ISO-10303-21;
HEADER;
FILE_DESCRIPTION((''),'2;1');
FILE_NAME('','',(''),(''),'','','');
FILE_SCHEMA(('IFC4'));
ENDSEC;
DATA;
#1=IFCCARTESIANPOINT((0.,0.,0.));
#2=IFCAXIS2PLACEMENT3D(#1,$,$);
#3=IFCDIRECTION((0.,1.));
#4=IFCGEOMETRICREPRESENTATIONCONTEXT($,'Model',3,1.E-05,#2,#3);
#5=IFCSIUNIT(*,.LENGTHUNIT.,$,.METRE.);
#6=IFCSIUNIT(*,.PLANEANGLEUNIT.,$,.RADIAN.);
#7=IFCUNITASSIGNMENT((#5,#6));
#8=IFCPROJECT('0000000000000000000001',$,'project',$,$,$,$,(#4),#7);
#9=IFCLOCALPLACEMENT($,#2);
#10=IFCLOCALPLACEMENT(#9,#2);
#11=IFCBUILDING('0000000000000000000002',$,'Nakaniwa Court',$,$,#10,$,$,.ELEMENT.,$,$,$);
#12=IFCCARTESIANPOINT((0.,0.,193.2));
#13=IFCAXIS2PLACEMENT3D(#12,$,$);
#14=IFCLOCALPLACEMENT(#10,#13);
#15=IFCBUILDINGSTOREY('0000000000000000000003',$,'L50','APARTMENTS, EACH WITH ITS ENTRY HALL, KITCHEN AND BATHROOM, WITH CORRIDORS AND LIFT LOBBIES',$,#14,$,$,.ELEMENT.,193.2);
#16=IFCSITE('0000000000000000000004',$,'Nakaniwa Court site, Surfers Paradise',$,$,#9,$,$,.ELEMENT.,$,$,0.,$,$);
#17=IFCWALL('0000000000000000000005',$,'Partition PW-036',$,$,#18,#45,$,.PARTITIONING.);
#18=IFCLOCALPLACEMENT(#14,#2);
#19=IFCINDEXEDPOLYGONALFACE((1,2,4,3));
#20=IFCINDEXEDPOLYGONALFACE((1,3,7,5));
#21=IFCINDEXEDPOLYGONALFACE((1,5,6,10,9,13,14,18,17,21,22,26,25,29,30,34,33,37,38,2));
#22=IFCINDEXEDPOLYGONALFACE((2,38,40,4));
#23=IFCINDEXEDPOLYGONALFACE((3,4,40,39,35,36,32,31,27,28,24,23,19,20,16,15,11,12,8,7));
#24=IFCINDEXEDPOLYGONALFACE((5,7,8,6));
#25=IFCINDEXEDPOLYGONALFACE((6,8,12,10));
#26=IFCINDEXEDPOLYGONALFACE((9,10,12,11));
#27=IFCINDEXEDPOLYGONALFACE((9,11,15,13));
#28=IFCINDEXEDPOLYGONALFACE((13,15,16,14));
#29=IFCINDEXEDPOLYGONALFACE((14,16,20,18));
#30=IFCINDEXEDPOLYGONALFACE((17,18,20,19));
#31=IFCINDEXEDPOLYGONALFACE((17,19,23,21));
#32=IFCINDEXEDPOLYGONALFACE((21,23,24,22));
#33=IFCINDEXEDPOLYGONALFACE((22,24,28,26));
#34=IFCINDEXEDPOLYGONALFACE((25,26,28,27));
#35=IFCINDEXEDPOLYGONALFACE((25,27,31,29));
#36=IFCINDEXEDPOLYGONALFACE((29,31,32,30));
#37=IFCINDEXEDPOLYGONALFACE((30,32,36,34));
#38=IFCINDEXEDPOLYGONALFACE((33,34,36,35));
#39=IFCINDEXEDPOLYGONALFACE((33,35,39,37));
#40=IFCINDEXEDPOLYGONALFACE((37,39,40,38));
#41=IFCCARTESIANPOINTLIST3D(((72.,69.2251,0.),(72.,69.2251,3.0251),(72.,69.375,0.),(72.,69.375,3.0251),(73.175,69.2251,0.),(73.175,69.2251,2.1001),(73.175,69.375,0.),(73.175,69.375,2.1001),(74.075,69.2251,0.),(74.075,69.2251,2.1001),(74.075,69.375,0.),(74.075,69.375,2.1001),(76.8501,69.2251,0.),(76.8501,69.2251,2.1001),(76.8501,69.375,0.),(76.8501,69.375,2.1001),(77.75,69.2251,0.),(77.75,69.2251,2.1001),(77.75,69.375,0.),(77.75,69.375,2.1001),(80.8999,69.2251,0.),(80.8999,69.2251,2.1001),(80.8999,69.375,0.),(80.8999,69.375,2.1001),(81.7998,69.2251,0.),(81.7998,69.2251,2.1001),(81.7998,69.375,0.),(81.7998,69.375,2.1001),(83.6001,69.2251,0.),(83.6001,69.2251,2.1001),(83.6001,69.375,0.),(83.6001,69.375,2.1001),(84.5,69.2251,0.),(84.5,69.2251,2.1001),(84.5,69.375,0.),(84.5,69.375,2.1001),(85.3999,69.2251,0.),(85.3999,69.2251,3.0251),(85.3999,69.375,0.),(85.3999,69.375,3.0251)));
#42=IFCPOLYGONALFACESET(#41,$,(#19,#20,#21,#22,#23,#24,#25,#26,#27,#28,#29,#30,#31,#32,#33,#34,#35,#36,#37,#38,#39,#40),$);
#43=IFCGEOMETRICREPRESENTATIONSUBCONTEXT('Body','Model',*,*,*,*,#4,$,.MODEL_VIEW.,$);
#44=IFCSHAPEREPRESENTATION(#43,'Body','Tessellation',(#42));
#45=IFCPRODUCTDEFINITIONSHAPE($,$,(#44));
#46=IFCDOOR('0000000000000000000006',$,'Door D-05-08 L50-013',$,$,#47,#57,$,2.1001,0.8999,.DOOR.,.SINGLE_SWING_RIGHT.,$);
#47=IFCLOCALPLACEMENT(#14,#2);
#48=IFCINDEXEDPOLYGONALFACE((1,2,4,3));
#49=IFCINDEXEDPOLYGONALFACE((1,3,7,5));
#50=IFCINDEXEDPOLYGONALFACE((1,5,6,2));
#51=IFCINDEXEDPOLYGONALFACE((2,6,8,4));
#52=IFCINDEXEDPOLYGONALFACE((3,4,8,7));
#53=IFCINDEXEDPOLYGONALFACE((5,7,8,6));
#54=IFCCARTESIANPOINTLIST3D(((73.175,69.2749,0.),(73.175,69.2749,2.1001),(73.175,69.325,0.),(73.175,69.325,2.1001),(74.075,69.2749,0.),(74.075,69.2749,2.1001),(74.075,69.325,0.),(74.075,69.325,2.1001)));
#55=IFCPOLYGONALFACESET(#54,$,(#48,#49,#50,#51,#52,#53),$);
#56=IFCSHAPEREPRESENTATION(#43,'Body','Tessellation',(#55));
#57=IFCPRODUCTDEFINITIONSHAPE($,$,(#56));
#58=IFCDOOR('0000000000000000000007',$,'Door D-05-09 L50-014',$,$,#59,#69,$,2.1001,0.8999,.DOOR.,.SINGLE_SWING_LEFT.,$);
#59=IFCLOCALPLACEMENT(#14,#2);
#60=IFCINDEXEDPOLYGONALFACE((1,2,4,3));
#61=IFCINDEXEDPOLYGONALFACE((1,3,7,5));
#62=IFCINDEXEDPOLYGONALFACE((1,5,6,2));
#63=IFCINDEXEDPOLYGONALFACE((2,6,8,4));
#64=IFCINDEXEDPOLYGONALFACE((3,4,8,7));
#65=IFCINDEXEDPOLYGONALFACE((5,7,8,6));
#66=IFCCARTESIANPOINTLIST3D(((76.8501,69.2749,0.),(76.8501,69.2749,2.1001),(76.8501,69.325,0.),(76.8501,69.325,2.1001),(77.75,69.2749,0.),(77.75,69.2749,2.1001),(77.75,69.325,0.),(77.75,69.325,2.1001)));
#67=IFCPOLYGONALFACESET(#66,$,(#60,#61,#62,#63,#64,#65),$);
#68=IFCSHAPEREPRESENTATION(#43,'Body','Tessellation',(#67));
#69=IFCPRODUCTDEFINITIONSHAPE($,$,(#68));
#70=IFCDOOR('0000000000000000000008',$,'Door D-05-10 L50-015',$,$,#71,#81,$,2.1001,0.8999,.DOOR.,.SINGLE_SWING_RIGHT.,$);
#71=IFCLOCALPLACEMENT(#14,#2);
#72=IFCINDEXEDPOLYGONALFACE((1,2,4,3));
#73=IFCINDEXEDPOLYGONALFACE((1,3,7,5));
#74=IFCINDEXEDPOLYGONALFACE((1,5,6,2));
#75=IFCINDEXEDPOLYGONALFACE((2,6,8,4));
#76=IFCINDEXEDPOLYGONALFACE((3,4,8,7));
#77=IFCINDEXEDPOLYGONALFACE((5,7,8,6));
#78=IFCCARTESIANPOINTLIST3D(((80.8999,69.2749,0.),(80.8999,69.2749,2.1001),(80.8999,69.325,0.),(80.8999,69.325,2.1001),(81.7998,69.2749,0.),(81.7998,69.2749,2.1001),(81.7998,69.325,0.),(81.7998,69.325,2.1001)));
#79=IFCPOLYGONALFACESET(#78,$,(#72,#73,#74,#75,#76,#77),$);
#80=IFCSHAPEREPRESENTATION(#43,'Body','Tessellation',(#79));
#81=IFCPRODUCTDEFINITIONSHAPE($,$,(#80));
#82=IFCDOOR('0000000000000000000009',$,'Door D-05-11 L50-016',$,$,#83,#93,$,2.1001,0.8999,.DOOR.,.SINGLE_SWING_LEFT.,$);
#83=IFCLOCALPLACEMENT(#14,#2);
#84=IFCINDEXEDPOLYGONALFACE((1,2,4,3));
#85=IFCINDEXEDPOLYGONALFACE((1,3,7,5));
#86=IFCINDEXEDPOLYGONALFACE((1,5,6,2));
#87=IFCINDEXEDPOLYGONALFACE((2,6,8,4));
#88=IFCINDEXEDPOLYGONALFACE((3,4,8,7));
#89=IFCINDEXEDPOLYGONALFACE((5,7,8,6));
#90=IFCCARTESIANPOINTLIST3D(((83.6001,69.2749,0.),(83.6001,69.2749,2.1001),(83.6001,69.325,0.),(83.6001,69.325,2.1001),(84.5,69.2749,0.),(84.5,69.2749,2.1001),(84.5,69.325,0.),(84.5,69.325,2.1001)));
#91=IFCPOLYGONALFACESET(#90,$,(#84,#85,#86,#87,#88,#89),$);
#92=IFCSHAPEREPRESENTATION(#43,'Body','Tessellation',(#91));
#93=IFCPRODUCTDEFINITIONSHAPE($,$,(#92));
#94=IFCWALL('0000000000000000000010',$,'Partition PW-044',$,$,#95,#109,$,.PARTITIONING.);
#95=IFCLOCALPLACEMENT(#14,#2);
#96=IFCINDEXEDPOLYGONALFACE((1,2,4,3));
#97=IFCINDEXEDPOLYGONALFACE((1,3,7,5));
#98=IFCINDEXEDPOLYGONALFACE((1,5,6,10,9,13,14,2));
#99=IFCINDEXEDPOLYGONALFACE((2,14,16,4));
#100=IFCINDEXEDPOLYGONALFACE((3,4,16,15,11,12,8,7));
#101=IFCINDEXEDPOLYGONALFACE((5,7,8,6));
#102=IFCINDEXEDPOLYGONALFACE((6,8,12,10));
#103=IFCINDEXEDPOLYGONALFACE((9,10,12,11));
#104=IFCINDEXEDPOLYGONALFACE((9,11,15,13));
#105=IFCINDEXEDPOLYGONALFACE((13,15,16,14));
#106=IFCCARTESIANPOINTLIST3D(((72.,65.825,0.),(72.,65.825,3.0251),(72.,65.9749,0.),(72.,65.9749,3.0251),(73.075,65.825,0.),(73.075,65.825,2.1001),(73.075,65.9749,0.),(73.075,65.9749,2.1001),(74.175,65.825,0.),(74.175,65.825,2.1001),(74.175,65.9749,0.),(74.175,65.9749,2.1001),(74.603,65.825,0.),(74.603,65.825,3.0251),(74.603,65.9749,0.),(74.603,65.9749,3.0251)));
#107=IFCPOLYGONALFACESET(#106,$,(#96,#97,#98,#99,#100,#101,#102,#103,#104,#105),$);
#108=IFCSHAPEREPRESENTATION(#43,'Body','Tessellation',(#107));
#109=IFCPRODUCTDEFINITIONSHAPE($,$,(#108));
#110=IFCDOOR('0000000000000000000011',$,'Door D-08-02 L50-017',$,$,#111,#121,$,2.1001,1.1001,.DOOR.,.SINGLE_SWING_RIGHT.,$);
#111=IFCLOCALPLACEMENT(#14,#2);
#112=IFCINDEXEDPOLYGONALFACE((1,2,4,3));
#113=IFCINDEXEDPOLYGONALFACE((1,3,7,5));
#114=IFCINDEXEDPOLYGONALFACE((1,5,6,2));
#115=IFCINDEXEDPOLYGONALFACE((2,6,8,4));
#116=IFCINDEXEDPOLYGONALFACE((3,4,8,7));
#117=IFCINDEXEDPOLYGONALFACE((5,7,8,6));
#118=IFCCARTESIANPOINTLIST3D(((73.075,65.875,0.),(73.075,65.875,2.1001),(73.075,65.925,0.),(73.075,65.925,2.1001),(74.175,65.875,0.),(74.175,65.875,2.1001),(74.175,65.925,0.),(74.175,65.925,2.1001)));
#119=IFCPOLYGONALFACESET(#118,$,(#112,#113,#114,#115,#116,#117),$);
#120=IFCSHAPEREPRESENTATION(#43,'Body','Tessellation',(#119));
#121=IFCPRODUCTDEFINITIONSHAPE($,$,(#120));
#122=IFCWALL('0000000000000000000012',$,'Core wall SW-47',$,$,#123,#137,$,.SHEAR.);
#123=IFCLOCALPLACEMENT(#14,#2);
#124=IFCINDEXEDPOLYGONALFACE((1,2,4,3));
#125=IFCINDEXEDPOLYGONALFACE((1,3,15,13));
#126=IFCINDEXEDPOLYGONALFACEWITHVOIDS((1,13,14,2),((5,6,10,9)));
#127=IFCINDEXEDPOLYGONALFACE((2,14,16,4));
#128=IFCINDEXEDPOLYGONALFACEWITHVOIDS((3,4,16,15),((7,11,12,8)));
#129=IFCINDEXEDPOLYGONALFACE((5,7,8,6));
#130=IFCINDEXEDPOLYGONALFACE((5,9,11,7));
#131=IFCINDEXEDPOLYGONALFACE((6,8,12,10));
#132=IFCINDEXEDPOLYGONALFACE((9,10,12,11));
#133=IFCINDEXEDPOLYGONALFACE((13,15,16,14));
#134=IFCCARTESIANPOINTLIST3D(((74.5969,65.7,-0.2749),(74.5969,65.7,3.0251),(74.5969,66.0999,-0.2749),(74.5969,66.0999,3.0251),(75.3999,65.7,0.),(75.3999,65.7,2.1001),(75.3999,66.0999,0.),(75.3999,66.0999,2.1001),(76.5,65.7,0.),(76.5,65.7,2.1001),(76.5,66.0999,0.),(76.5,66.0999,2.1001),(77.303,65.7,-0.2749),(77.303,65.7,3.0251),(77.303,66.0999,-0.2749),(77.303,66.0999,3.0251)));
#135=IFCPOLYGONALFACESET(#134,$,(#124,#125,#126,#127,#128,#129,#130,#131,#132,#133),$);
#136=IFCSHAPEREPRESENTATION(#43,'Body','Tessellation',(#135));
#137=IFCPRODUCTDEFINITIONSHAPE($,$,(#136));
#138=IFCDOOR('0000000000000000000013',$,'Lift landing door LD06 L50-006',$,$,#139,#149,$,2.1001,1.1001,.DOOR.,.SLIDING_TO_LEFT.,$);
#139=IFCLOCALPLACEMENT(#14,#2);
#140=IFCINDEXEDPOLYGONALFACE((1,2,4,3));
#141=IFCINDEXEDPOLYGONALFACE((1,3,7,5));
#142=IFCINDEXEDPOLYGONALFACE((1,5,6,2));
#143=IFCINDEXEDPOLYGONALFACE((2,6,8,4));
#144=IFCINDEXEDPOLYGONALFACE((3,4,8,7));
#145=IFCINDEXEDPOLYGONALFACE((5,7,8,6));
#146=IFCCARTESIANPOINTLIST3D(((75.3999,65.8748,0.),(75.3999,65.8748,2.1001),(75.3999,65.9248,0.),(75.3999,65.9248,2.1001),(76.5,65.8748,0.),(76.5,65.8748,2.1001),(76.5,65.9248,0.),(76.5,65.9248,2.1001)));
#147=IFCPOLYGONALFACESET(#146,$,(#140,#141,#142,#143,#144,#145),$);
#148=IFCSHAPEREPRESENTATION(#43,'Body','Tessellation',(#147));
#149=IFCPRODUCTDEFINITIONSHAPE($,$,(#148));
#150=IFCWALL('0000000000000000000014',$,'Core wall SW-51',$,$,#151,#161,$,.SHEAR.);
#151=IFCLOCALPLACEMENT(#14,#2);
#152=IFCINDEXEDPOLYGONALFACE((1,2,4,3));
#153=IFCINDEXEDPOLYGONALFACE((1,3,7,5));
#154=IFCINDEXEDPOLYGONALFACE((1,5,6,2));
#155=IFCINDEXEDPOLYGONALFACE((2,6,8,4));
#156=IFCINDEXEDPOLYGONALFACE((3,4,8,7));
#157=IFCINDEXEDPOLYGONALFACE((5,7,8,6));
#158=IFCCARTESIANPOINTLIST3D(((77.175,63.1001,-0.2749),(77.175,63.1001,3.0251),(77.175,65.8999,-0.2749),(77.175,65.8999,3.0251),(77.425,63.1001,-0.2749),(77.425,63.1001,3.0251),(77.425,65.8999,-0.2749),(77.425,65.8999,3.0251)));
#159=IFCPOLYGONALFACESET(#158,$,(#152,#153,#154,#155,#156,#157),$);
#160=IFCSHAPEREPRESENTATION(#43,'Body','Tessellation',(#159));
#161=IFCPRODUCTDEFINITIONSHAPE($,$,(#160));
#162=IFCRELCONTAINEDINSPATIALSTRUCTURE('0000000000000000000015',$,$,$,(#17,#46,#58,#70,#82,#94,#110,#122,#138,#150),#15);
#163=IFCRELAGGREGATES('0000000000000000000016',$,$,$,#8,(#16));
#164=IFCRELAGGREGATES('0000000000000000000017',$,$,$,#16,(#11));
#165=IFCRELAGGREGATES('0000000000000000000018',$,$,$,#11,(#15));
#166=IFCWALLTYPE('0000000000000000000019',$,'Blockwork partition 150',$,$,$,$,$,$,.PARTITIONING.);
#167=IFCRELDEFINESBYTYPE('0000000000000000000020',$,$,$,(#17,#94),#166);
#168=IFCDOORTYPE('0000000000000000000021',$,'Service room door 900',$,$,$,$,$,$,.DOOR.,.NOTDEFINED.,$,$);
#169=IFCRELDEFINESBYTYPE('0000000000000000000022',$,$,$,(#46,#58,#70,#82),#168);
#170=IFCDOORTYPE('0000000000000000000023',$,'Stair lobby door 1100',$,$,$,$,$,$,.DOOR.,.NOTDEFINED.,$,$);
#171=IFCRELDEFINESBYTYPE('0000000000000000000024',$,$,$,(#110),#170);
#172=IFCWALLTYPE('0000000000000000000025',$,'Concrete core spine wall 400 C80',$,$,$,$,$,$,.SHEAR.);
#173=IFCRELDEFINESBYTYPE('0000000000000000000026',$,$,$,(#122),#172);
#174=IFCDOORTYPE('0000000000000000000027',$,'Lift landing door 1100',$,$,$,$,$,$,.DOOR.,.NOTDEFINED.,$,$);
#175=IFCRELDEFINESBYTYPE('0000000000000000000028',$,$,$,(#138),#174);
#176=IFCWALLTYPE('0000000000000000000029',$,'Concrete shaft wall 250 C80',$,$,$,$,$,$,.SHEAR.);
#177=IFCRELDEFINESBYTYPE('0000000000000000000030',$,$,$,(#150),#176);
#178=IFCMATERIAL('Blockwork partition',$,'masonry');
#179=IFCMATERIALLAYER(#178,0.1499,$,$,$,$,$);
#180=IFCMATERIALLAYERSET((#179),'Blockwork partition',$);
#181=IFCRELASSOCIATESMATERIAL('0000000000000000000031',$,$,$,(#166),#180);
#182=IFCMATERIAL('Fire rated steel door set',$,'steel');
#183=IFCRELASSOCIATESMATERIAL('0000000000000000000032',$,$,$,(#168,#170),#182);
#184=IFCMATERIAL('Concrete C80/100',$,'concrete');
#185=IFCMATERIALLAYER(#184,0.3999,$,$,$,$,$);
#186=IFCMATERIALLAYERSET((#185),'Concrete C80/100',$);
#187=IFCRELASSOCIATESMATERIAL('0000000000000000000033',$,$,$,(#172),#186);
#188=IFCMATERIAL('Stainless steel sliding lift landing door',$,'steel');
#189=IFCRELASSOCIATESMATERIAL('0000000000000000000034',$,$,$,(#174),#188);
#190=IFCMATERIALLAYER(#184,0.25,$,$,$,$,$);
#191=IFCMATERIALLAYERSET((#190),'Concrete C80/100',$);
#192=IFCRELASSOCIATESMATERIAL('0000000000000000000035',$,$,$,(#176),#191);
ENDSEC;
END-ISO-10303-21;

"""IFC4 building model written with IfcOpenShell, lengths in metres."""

from ifc_helpers import new_model, si_unit, direction, frame, frame_2d, origin, place, context, subcontext, project, spatial, rectangle, extrude, material, layer, layer_set, type_object, element, fill, save


model = new_model("IFC4")

# Units and contexts
model_context = context("Model", 3, precision=1e-05, world=origin(), true_north=direction((0.0, 1.0)))
body_context = subcontext(model_context, "Body", "Model", "MODEL_VIEW")
ifc_project = project(units=[si_unit("LENGTHUNIT", "METRE"), si_unit("PLANEANGLEUNIT", "RADIAN")], contexts=[model_context])

# Site, building, storey
site_placement = place(None, origin())
site = spatial("IfcSite", under=ifc_project, at=site_placement, Name="Nakaniwa Court site, Surfers Paradise", CompositionType="ELEMENT", RefElevation=0.0)
building_placement = place(site_placement, origin())
building = spatial("IfcBuilding", under=site, at=building_placement, Name="Nakaniwa Court", CompositionType="ELEMENT")
storey_placement = place(building_placement, frame((0.0, 0.0, 193.2)))
storey = spatial("IfcBuildingStorey", under=building, at=storey_placement, Name="L50", Description="APARTMENTS, EACH WITH ITS ENTRY HALL, KITCHEN AND BATHROOM, WITH CORRIDORS AND LIFT LOBBIES", CompositionType="ELEMENT", Elevation=193.2)

# Shared definitions
ifc_material_1 = material(Name="Concrete C80/100", Category="concrete")

# Shared definitions
ifc_material_2 = material(Name="Blockwork partition", Category="masonry")
ifc_layer_1 = layer(ifc_material_2, 0.1499)
ifc_layer_set_1 = layer_set([ifc_layer_1], Name="Blockwork partition")
wall_type_1 = type_object("IfcWallType", Name="Blockwork partition 150", PredefinedType="PARTITIONING", material=ifc_layer_set_1)

# Wall, openings, doors
wall_1_placement = place(storey_placement, frame((72.0, 69.3, 0.0), z_axis=(0.0, 0.0, 1.0), x_axis=(1.0, 0.0, 0.0)))
wall_1 = element("IfcWall", 1, at=wall_1_placement, inside=storey, type_object=wall_type_1, Name="Partition PW-036", PredefinedType="PARTITIONING", context=body_context, shape_type="SweptSolid", body=[
    extrude(rectangle(XDim=13.3999, YDim=0.1499, at=frame_2d((6.7, 0.0))), origin(), (0.0, 0.0, 1.0), 3.0251),
])
opening_1_placement = place(wall_1_placement, frame((1.175, 0.0, 0.0)))
opening_1 = element("IfcOpeningElement", 2, at=opening_1_placement, cuts=wall_1, PredefinedType="OPENING", context=body_context, shape_type="SweptSolid", body=[
    extrude(rectangle(XDim=0.8999, YDim=2.1001, at=frame_2d((0.45, 1.05))), frame((0.0, 0.085, 0.0), z_axis=(0.0, -1.0, 0.0), x_axis=(1.0, 0.0, 0.0)), (0.0, 0.0, 1.0), 0.1699),
])
opening_2_placement = place(wall_1_placement, frame((4.8501, 0.0, 0.0)))
opening_2 = element("IfcOpeningElement", 3, at=opening_2_placement, cuts=wall_1, PredefinedType="OPENING", context=body_context, shape_type="SweptSolid", body=[
    extrude(rectangle(XDim=0.8999, YDim=2.1001, at=frame_2d((0.45, 1.05))), frame((0.0, 0.085, 0.0), z_axis=(0.0, -1.0, 0.0), x_axis=(1.0, 0.0, 0.0)), (0.0, 0.0, 1.0), 0.1699),
])
opening_3_placement = place(wall_1_placement, frame((8.8999, 0.0, 0.0)))
opening_3 = element("IfcOpeningElement", 4, at=opening_3_placement, cuts=wall_1, PredefinedType="OPENING", context=body_context, shape_type="SweptSolid", body=[
    extrude(rectangle(XDim=0.8999, YDim=2.1001, at=frame_2d((0.45, 1.05))), frame((0.0, 0.085, 0.0), z_axis=(0.0, -1.0, 0.0), x_axis=(1.0, 0.0, 0.0)), (0.0, 0.0, 1.0), 0.1699),
])
opening_4_placement = place(wall_1_placement, frame((11.6001, 0.0, 0.0)))
opening_4 = element("IfcOpeningElement", 5, at=opening_4_placement, cuts=wall_1, PredefinedType="OPENING", context=body_context, shape_type="SweptSolid", body=[
    extrude(rectangle(XDim=0.8999, YDim=2.1001, at=frame_2d((0.45, 1.05))), frame((0.0, 0.085, 0.0), z_axis=(0.0, -1.0, 0.0), x_axis=(1.0, 0.0, 0.0)), (0.0, 0.0, 1.0), 0.1699),
])
ifc_material_3 = material(Name="Fire rated steel door set", Category="steel")
door_type_1 = type_object("IfcDoorType", Name="Service room door 900", OperationType="NOTDEFINED", PredefinedType="DOOR", material=ifc_material_3)
door_1_placement = place(opening_1_placement, origin())
door_1 = element("IfcDoor", 6, at=door_1_placement, inside=storey, type_object=door_type_1, Name="Door D-05-08 L50-013", OperationType="SINGLE_SWING_RIGHT", OverallHeight=2.1001, OverallWidth=0.8999, PredefinedType="DOOR", context=body_context, shape_type="SweptSolid", body=[
    extrude(rectangle(XDim=0.8999, YDim=2.1001, at=frame_2d((0.45, 1.05))), frame((0.0, 0.0249, 0.0), z_axis=(0.0, -1.0, 0.0), x_axis=(1.0, 0.0, 0.0)), (0.0, 0.0, 1.0), 0.05),
])
fill(opening_1, door_1)
door_2_placement = place(opening_2_placement, origin())
door_2 = element("IfcDoor", 7, at=door_2_placement, inside=storey, type_object=door_type_1, Name="Door D-05-09 L50-014", OperationType="SINGLE_SWING_LEFT", OverallHeight=2.1001, OverallWidth=0.8999, PredefinedType="DOOR", context=body_context, shape_type="SweptSolid", body=[
    extrude(rectangle(XDim=0.8999, YDim=2.1001, at=frame_2d((0.45, 1.05))), frame((0.0, 0.0249, 0.0), z_axis=(0.0, -1.0, 0.0), x_axis=(1.0, 0.0, 0.0)), (0.0, 0.0, 1.0), 0.05),
])
fill(opening_2, door_2)
door_3_placement = place(opening_3_placement, origin())
door_3 = element("IfcDoor", 8, at=door_3_placement, inside=storey, type_object=door_type_1, Name="Door D-05-10 L50-015", OperationType="SINGLE_SWING_RIGHT", OverallHeight=2.1001, OverallWidth=0.8999, PredefinedType="DOOR", context=body_context, shape_type="SweptSolid", body=[
    extrude(rectangle(XDim=0.8999, YDim=2.1001, at=frame_2d((0.45, 1.05))), frame((0.0, 0.0249, 0.0), z_axis=(0.0, -1.0, 0.0), x_axis=(1.0, 0.0, 0.0)), (0.0, 0.0, 1.0), 0.05),
])
fill(opening_3, door_3)
door_4_placement = place(opening_4_placement, origin())
door_4 = element("IfcDoor", 9, at=door_4_placement, inside=storey, type_object=door_type_1, Name="Door D-05-11 L50-016", OperationType="SINGLE_SWING_LEFT", OverallHeight=2.1001, OverallWidth=0.8999, PredefinedType="DOOR", context=body_context, shape_type="SweptSolid", body=[
    extrude(rectangle(XDim=0.8999, YDim=2.1001, at=frame_2d((0.45, 1.05))), frame((0.0, 0.0249, 0.0), z_axis=(0.0, -1.0, 0.0), x_axis=(1.0, 0.0, 0.0)), (0.0, 0.0, 1.0), 0.05),
])
fill(opening_4, door_4)

# Walls, openings, doors
wall_2_placement = place(storey_placement, frame((74.603, 65.8999, 0.0), z_axis=(0.0, 0.0, 1.0), x_axis=(-1.0, 0.0, 0.0)))
wall_2 = element("IfcWall", 10, at=wall_2_placement, inside=storey, type_object=wall_type_1, Name="Partition PW-044", PredefinedType="PARTITIONING", context=body_context, shape_type="SweptSolid", body=[
    extrude(rectangle(XDim=2.603, YDim=0.1499, at=frame_2d((1.3015, 0.0))), origin(), (0.0, 0.0, 1.0), 3.0251),
])
opening_5_placement = place(wall_2_placement, frame((0.428, 0.0, 0.0)))
opening_5 = element("IfcOpeningElement", 11, at=opening_5_placement, cuts=wall_2, PredefinedType="OPENING", context=body_context, shape_type="SweptSolid", body=[
    extrude(rectangle(XDim=1.1001, YDim=2.1001, at=frame_2d((0.55, 1.05))), frame((0.0, 0.085, 0.0), z_axis=(0.0, -1.0, 0.0), x_axis=(1.0, 0.0, 0.0)), (0.0, 0.0, 1.0), 0.1699),
])
door_type_2 = type_object("IfcDoorType", Name="Stair lobby door 1100", OperationType="NOTDEFINED", PredefinedType="DOOR", material=ifc_material_3)
door_5_placement = place(opening_5_placement, origin())
door_5 = element("IfcDoor", 12, at=door_5_placement, inside=storey, type_object=door_type_2, Name="Door D-08-02 L50-017", OperationType="SINGLE_SWING_RIGHT", OverallHeight=2.1001, OverallWidth=1.1001, PredefinedType="DOOR", context=body_context, shape_type="SweptSolid", body=[
    extrude(rectangle(XDim=1.1001, YDim=2.1001, at=frame_2d((0.55, 1.05))), frame((0.0, 0.0249, 0.0), z_axis=(0.0, -1.0, 0.0), x_axis=(1.0, 0.0, 0.0)), (0.0, 0.0, 1.0), 0.05),
])
fill(opening_5, door_5)
ifc_layer_2 = layer(ifc_material_1, 0.3999)
ifc_layer_set_2 = layer_set([ifc_layer_2], Name="Concrete C80/100")
wall_type_2 = type_object("IfcWallType", Name="Concrete core spine wall 400 C80", PredefinedType="SHEAR", material=ifc_layer_set_2)
wall_3_placement = place(storey_placement, frame((74.5969, 65.8999, -0.2749), z_axis=(0.0, 0.0, 1.0), x_axis=(1.0, 0.0, 0.0)))
wall_3 = element("IfcWall", 13, at=wall_3_placement, inside=storey, type_object=wall_type_2, Name="Core wall SW-47", PredefinedType="SHEAR", context=body_context, shape_type="SweptSolid", body=[
    extrude(rectangle(XDim=2.7061, YDim=0.3999, at=frame_2d((1.353, 0.0))), origin(), (0.0, 0.0, 1.0), 3.3),
])
opening_6_placement = place(wall_3_placement, frame((0.803, 0.0, 0.2749)))
opening_6 = element("IfcOpeningElement", 14, at=opening_6_placement, cuts=wall_3, PredefinedType="OPENING", context=body_context, shape_type="SweptSolid", body=[
    extrude(rectangle(XDim=1.1001, YDim=2.1001, at=frame_2d((0.55, 1.05))), frame((0.0, 0.21, 0.0), z_axis=(0.0, -1.0, 0.0), x_axis=(1.0, 0.0, 0.0)), (0.0, 0.0, 1.0), 0.4199),
])
ifc_material_4 = material(Name="Stainless steel sliding lift landing door", Category="steel")
door_type_3 = type_object("IfcDoorType", Name="Lift landing door 1100", OperationType="NOTDEFINED", PredefinedType="DOOR", material=ifc_material_4)
door_6_placement = place(opening_6_placement, origin())
door_6 = element("IfcDoor", 15, at=door_6_placement, inside=storey, type_object=door_type_3, Name="Lift landing door LD06 L50-006", OperationType="SLIDING_TO_LEFT", OverallHeight=2.1001, OverallWidth=1.1001, PredefinedType="DOOR", context=body_context, shape_type="SweptSolid", body=[
    extrude(rectangle(XDim=1.1001, YDim=2.1001, at=frame_2d((0.55, 1.05))), frame((0.0, 0.0249, 0.0), z_axis=(0.0, -1.0, 0.0), x_axis=(1.0, 0.0, 0.0)), (0.0, 0.0, 1.0), 0.05),
])
fill(opening_6, door_6)

# Wall
ifc_layer_3 = layer(ifc_material_1, 0.25)
ifc_layer_set_3 = layer_set([ifc_layer_3], Name="Concrete C80/100")
wall_type_3 = type_object("IfcWallType", Name="Concrete shaft wall 250 C80", PredefinedType="SHEAR", material=ifc_layer_set_3)
wall_4_placement = place(storey_placement, frame((77.3, 63.1001, -0.2749), z_axis=(0.0, 0.0, 1.0), x_axis=(0.0, 1.0, 0.0)))
element("IfcWall", 16, at=wall_4_placement, inside=storey, type_object=wall_type_3, Name="Core wall SW-51", PredefinedType="SHEAR", context=body_context, shape_type="SweptSolid", body=[
    extrude(rectangle(XDim=2.7998, YDim=0.25, at=frame_2d((1.3999, 0.0))), origin(), (0.0, 0.0, 1.0), 3.3),
])

save(model, "model.ifc")
